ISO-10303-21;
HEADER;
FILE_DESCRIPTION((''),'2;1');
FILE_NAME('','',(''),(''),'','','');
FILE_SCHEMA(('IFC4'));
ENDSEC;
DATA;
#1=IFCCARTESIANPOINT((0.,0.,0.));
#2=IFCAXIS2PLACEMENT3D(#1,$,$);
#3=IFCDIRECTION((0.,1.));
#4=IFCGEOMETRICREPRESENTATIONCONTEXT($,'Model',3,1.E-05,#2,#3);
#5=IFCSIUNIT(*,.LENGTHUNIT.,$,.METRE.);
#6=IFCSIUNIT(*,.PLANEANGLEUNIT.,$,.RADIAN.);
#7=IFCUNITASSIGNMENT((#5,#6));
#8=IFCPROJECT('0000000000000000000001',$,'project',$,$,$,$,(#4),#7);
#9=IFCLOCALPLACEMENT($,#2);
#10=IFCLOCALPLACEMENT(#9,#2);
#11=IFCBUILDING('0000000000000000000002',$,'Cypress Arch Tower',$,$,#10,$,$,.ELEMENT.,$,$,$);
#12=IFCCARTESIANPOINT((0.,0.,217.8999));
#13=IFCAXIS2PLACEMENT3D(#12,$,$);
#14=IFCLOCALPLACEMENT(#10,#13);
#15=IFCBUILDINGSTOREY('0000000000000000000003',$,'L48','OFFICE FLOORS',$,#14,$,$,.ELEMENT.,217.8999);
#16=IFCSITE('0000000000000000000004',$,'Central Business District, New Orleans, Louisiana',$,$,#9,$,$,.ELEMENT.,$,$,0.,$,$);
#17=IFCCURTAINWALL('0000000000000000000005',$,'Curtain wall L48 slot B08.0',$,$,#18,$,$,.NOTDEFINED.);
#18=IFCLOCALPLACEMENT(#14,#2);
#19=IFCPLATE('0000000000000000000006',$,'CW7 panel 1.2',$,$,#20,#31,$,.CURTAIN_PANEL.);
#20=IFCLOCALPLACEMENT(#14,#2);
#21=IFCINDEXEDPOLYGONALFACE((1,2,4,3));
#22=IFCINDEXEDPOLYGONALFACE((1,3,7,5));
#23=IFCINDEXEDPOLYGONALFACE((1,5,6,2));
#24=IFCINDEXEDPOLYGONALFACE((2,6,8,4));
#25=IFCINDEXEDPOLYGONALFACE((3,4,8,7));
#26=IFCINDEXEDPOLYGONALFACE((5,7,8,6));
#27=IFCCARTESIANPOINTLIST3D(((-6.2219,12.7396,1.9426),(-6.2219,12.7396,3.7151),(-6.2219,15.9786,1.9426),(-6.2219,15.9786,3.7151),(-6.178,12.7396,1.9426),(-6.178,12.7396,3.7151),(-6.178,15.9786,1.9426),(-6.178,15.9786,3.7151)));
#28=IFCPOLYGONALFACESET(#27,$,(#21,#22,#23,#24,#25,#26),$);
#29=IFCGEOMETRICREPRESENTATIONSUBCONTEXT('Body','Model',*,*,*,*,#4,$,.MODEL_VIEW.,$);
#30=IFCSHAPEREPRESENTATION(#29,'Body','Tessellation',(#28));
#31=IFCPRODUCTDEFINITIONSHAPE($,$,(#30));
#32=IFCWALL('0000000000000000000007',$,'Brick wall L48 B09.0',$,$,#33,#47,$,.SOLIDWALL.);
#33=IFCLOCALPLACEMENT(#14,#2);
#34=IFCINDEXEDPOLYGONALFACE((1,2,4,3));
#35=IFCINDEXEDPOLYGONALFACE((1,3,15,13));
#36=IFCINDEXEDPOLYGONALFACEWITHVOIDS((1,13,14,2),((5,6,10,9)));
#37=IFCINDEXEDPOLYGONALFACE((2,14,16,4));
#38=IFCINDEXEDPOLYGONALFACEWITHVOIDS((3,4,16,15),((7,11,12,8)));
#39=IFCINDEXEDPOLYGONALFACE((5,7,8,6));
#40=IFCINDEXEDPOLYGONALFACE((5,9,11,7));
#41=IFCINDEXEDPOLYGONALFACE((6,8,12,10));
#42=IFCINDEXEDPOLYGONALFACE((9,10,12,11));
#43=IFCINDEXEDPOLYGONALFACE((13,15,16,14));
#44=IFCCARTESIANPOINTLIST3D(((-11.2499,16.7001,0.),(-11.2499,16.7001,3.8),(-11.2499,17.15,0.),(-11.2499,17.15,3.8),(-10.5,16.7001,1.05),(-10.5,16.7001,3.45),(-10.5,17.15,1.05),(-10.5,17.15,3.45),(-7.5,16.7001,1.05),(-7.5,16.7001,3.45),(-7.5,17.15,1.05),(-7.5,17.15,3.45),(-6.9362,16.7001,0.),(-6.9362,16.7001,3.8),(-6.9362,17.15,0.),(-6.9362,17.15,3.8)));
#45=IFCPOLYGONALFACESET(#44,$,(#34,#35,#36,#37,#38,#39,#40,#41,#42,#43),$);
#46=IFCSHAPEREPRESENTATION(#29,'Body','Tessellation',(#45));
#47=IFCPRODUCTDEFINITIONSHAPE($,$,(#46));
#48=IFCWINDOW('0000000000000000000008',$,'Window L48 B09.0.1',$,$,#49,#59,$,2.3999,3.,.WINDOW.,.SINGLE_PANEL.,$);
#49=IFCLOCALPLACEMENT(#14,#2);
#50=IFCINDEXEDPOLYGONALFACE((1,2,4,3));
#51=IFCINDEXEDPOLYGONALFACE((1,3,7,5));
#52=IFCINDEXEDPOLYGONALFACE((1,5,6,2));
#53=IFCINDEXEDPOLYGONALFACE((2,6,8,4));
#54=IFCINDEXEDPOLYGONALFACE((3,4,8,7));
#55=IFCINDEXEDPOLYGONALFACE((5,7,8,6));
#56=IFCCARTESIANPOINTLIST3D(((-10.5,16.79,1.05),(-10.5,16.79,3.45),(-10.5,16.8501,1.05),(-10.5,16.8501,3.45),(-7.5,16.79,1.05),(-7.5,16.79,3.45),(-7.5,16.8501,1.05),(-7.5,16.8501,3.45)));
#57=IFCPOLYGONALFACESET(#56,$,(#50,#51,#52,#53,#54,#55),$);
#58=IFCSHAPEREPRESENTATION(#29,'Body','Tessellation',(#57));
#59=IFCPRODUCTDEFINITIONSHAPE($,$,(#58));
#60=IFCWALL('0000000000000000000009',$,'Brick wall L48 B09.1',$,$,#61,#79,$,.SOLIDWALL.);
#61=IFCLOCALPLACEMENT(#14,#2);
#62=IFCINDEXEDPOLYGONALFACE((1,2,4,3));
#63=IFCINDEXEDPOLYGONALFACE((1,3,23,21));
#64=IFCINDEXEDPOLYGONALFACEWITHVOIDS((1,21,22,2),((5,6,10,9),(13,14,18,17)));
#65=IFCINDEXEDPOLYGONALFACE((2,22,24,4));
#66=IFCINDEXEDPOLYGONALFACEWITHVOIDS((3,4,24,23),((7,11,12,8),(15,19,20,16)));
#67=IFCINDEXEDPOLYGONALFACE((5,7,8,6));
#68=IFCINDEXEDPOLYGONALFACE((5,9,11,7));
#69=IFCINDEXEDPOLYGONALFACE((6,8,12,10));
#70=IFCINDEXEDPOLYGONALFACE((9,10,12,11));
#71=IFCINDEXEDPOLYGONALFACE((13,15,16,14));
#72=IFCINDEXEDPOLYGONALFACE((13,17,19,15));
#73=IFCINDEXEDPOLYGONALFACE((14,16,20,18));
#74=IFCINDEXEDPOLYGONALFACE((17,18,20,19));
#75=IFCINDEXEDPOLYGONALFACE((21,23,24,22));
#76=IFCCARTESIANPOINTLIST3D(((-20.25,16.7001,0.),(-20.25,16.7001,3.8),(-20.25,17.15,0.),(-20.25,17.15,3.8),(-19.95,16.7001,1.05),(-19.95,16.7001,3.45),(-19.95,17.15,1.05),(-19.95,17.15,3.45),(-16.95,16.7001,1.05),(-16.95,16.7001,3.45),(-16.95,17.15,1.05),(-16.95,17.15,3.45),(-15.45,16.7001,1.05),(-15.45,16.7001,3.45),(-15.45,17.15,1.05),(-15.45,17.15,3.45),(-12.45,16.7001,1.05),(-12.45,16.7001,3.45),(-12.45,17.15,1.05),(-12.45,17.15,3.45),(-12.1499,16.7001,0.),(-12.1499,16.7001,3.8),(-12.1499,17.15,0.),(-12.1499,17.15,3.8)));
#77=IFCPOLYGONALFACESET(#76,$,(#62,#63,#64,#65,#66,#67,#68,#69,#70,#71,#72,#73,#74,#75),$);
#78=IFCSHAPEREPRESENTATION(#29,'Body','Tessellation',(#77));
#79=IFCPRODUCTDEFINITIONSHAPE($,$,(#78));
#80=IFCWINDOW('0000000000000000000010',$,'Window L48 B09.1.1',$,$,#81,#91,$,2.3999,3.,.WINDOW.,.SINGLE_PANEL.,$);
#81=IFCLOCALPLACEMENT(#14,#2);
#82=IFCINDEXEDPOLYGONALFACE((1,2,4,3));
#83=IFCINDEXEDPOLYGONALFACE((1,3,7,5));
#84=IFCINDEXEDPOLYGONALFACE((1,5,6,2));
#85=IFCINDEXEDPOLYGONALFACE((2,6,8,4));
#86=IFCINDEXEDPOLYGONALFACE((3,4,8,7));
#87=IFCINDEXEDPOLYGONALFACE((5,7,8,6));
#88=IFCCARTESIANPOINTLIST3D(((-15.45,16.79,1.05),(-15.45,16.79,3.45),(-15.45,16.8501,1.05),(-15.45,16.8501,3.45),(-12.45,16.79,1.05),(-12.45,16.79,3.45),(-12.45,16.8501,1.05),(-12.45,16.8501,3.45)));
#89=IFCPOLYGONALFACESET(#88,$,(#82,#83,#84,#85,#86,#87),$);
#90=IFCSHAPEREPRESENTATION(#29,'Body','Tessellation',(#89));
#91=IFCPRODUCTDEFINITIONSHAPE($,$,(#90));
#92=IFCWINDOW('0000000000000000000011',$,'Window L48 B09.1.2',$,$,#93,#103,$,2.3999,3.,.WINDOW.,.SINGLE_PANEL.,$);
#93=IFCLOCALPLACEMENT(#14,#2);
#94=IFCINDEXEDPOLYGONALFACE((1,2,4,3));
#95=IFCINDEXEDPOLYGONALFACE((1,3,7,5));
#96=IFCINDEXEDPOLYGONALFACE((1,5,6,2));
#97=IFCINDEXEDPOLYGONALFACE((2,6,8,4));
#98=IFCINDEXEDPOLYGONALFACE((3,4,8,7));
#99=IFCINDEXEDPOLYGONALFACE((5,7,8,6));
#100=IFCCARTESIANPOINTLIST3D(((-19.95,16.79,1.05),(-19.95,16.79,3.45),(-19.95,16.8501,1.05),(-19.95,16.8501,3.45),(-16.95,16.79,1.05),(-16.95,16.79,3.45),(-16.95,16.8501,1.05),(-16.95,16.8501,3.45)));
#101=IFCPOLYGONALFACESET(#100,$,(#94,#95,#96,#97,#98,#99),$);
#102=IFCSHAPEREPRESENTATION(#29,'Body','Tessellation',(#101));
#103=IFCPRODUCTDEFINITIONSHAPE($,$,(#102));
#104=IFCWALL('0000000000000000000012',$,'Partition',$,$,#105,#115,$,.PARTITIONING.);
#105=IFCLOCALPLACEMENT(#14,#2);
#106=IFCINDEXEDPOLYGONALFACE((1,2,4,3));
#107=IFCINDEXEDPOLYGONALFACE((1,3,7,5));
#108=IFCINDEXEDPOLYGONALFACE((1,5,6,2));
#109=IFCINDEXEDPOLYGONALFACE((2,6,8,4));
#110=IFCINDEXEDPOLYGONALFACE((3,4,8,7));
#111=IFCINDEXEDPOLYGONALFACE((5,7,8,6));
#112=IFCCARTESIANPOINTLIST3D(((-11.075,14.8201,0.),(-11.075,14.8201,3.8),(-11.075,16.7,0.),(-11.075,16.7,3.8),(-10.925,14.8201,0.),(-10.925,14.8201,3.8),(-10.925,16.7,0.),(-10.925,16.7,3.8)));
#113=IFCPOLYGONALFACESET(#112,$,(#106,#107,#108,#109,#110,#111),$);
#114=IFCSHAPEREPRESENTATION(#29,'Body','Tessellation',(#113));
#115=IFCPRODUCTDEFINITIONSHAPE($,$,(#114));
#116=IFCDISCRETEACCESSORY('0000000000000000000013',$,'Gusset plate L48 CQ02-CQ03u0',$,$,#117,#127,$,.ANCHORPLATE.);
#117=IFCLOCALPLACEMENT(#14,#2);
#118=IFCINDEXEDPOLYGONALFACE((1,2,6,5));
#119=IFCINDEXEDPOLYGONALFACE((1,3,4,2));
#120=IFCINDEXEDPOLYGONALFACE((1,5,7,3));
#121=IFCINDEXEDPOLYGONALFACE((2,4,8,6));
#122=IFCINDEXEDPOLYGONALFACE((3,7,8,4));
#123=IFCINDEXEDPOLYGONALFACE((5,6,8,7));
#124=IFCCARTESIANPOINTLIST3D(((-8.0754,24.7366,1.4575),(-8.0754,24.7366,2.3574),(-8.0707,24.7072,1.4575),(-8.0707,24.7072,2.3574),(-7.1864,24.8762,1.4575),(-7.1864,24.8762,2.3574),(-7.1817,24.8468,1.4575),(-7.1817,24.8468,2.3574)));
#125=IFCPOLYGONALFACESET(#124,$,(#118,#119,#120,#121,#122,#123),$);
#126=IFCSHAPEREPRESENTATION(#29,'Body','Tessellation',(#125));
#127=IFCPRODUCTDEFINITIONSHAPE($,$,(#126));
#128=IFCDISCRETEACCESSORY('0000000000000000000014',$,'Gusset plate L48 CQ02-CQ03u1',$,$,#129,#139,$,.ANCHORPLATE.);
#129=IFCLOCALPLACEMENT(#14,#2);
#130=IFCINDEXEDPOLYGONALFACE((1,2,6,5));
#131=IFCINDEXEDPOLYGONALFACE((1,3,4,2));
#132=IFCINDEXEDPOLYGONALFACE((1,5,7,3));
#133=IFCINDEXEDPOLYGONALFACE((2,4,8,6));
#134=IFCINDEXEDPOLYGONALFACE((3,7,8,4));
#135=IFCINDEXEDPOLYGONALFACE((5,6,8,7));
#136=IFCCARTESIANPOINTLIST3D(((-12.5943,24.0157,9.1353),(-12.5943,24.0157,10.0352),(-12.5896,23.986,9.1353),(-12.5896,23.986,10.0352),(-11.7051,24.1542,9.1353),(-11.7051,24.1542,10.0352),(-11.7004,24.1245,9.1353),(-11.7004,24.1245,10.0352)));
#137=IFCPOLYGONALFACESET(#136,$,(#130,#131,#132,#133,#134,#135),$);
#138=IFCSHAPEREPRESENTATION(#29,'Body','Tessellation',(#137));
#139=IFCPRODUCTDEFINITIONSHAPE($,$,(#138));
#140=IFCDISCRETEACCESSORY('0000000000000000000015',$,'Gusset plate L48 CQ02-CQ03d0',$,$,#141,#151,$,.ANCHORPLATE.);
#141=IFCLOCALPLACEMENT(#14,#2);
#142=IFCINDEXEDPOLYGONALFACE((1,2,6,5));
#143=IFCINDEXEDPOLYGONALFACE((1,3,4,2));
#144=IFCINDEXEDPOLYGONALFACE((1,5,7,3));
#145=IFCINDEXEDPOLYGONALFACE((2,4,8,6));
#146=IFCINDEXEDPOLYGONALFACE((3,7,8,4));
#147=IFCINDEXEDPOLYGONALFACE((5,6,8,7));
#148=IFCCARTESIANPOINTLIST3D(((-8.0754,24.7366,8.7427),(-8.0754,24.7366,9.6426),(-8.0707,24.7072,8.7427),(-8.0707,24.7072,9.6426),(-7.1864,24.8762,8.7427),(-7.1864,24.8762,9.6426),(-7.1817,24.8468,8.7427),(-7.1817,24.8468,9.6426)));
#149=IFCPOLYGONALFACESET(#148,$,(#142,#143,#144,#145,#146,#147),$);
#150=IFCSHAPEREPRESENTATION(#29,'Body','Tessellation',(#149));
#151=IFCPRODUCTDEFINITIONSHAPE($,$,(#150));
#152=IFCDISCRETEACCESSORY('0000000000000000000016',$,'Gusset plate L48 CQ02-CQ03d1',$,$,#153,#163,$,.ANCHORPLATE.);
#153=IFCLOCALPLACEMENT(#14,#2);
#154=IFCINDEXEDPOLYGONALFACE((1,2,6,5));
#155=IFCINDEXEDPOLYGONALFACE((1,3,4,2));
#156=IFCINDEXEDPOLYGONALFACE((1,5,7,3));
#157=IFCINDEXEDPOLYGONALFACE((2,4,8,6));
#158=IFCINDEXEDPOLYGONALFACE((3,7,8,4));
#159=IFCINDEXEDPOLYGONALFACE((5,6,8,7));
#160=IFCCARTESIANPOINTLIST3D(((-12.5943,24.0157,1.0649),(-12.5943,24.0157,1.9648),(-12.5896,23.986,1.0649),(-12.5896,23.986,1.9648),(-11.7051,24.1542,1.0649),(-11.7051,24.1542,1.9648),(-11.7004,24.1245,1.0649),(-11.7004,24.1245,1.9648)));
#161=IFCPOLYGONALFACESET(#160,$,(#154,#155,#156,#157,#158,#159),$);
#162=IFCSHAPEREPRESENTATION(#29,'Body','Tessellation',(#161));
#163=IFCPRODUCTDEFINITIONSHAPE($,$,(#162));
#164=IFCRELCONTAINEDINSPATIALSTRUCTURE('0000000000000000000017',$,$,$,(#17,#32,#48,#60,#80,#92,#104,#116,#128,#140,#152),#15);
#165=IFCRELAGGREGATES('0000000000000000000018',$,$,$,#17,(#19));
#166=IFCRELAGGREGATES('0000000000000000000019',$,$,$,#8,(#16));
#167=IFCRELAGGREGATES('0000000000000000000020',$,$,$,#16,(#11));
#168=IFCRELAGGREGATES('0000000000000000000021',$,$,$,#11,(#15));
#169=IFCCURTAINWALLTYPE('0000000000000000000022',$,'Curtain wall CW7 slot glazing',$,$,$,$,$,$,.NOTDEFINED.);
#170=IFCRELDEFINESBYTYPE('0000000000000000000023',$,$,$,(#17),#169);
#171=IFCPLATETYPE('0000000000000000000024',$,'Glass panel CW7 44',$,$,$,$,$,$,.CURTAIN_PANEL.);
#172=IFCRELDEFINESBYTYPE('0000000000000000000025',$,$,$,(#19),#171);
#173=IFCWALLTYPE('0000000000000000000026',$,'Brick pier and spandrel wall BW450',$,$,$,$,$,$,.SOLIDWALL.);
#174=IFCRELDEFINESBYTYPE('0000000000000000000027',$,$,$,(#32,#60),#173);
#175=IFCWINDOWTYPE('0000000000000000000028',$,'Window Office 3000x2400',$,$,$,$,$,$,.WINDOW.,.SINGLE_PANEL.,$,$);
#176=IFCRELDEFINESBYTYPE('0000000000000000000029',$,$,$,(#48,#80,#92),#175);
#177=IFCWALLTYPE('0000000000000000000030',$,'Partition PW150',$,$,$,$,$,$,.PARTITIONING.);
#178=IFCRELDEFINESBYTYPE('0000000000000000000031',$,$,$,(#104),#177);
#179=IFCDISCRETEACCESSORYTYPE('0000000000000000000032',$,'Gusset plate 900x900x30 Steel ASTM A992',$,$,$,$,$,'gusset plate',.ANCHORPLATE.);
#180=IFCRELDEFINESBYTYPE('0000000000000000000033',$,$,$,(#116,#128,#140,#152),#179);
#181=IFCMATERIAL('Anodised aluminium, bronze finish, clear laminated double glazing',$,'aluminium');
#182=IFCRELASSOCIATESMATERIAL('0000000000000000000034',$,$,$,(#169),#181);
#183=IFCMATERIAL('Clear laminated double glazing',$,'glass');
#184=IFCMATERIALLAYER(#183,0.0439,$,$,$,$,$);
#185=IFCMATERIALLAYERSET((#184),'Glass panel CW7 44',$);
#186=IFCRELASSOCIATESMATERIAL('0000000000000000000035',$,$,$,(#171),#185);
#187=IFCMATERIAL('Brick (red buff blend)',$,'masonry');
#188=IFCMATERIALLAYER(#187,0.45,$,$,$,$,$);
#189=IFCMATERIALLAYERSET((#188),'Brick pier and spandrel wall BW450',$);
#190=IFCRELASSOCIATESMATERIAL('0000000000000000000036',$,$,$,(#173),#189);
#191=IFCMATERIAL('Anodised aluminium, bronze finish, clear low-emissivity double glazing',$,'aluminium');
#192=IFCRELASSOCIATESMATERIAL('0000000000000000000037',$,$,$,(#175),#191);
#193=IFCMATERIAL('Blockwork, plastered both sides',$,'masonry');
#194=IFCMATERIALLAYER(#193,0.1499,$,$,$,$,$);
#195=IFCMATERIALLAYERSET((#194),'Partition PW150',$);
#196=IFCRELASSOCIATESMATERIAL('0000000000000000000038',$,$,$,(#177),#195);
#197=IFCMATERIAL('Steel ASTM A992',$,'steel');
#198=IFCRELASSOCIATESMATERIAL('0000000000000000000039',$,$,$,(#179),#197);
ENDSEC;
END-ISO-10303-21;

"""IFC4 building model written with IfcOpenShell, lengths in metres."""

from ifc_helpers import new_model, si_unit, direction, frame, frame_2d, origin, origin_2d, place, context, subcontext, project, spatial, rectangle, extrude, material, layer, layer_set, material_profile, profile_set, type_object, element, fill, aggregate, save


model = new_model("IFC4")

# Units and contexts
model_context = context("Model", 3, precision=1e-05, world=origin(), true_north=direction((0.0, 1.0)))
body_context = subcontext(model_context, "Body", "Model", "MODEL_VIEW")
ifc_project = project(units=[si_unit("LENGTHUNIT", "METRE"), si_unit("PLANEANGLEUNIT", "RADIAN")], contexts=[model_context])

# Site, building, storey
site_placement = place(None, origin())
site = spatial("IfcSite", under=ifc_project, at=site_placement, Name="Central Business District, New Orleans, Louisiana", CompositionType="ELEMENT", RefElevation=0.0)
building_placement = place(site_placement, origin())
building = spatial("IfcBuilding", under=site, at=building_placement, Name="Cypress Arch Tower", CompositionType="ELEMENT")
storey_placement = place(building_placement, frame((0.0, 0.0, 217.8999)))
storey = spatial("IfcBuildingStorey", under=building, at=storey_placement, Name="L48", Description="OFFICE FLOORS", CompositionType="ELEMENT", Elevation=217.8999)

# Curtain wall
ifc_material_1 = material(Name="Anodised aluminium, bronze finish, clear laminated double glazing", Category="aluminium")
curtain_wall_type = type_object("IfcCurtainWallType", Name="Curtain wall CW7 slot glazing", PredefinedType="NOTDEFINED", material=ifc_material_1)
curtain_wall_placement = place(storey_placement, origin())
curtain_wall = element("IfcCurtainWall", 1, at=curtain_wall_placement, inside=storey, type_object=curtain_wall_type, Name="Curtain wall L48 slot B08.0", PredefinedType="NOTDEFINED")

# Plate
ifc_material_2 = material(Name="Clear laminated double glazing", Category="glass")
ifc_layer_1 = layer(ifc_material_2, 0.0439)
ifc_layer_set_1 = layer_set([ifc_layer_1], Name="Glass panel CW7 44")
plate_type = type_object("IfcPlateType", Name="Glass panel CW7 44", PredefinedType="CURTAIN_PANEL", material=ifc_layer_set_1)
plate_1_placement = place(storey_placement, frame((-6.2, 14.3591, 1.9426), z_axis=(0.0, 0.0, 1.0), x_axis=(0.0, 1.0, 0.0)))
plate_1 = element("IfcPlate", 2, at=plate_1_placement, type_object=plate_type, Name="CW7 panel 1.2", PredefinedType="CURTAIN_PANEL", context=body_context, shape_type="SweptSolid", body=[
    extrude(rectangle(XDim=3.239, YDim=0.0439, at=origin_2d()), origin(), (0.0, 0.0, 1.0), 1.7725),
])
aggregate(curtain_wall, [plate_1])

# Wall, opening, window
ifc_material_3 = material(Name="Brick (red buff blend)", Category="masonry")
ifc_layer_2 = layer(ifc_material_3, 0.45)
ifc_layer_set_2 = layer_set([ifc_layer_2], Name="Brick pier and spandrel wall BW450")
wall_type_1 = type_object("IfcWallType", Name="Brick pier and spandrel wall BW450", PredefinedType="SOLIDWALL", material=ifc_layer_set_2)
wall_1_placement = place(storey_placement, frame((-6.9363, 16.925, 0.0), z_axis=(0.0, 0.0, 1.0), x_axis=(-1.0, 0.0, 0.0)))
wall_1 = element("IfcWall", 3, at=wall_1_placement, inside=storey, type_object=wall_type_1, Name="Brick wall L48 B09.0", PredefinedType="SOLIDWALL", context=body_context, shape_type="SweptSolid", body=[
    extrude(rectangle(XDim=4.3137, YDim=0.45, at=frame_2d((2.1567, 0.0))), origin(), (0.0, 0.0, 1.0), 3.8),
])
opening_1_placement = place(wall_1_placement, frame((0.5637, 0.0, 1.05)))
opening_1 = element("IfcOpeningElement", 4, at=opening_1_placement, cuts=wall_1, PredefinedType="OPENING", context=body_context, shape_type="SweptSolid", body=[
    extrude(rectangle(XDim=3.0, YDim=2.3999, at=frame_2d((1.5, 1.2))), frame((0.0, 0.2349, 0.0), z_axis=(0.0, -1.0, 0.0), x_axis=(1.0, 0.0, 0.0)), (0.0, 0.0, 1.0), 0.47),
])
ifc_material_4 = material(Name="Anodised aluminium, bronze finish, clear low-emissivity double glazing", Category="aluminium")
window_type = type_object("IfcWindowType", Name="Window Office 3000x2400", PartitioningType="SINGLE_PANEL", PredefinedType="WINDOW", material=ifc_material_4)
window_1_placement = place(opening_1_placement, origin())
window_1 = element("IfcWindow", 5, at=window_1_placement, inside=storey, type_object=window_type, Name="Window L48 B09.0.1", OverallHeight=2.3999, OverallWidth=3.0, PartitioningType="SINGLE_PANEL", PredefinedType="WINDOW", context=body_context, shape_type="SweptSolid", body=[
    extrude(rectangle(XDim=3.0, YDim=2.3999, at=frame_2d((1.5, 1.2))), frame((0.0, 0.135, 0.0), z_axis=(0.0, -1.0, 0.0), x_axis=(1.0, 0.0, 0.0)), (0.0, 0.0, 1.0), 0.0601),
])
fill(opening_1, window_1)

# Wall, openings, windows
wall_2_placement = place(storey_placement, frame((-12.1499, 16.925, 0.0), z_axis=(0.0, 0.0, 1.0), x_axis=(-1.0, 0.0, 0.0)))
wall_2 = element("IfcWall", 6, at=wall_2_placement, inside=storey, type_object=wall_type_1, Name="Brick wall L48 B09.1", PredefinedType="SOLIDWALL", context=body_context, shape_type="SweptSolid", body=[
    extrude(rectangle(XDim=8.1001, YDim=0.45, at=frame_2d((4.05, 0.0))), origin(), (0.0, 0.0, 1.0), 3.8),
])
opening_2_placement = place(wall_2_placement, frame((0.3, 0.0, 1.05)))
opening_2 = element("IfcOpeningElement", 7, at=opening_2_placement, cuts=wall_2, PredefinedType="OPENING", context=body_context, shape_type="SweptSolid", body=[
    extrude(rectangle(XDim=3.0, YDim=2.3999, at=frame_2d((1.5, 1.2))), frame((0.0, 0.2349, 0.0), z_axis=(0.0, -1.0, 0.0), x_axis=(1.0, 0.0, 0.0)), (0.0, 0.0, 1.0), 0.47),
])
opening_3_placement = place(wall_2_placement, frame((4.8, 0.0, 1.05)))
opening_3 = element("IfcOpeningElement", 8, at=opening_3_placement, cuts=wall_2, PredefinedType="OPENING", context=body_context, shape_type="SweptSolid", body=[
    extrude(rectangle(XDim=3.0, YDim=2.3999, at=frame_2d((1.5, 1.2))), frame((0.0, 0.2349, 0.0), z_axis=(0.0, -1.0, 0.0), x_axis=(1.0, 0.0, 0.0)), (0.0, 0.0, 1.0), 0.47),
])
window_2_placement = place(opening_2_placement, origin())
window_2 = element("IfcWindow", 9, at=window_2_placement, inside=storey, type_object=window_type, Name="Window L48 B09.1.1", OverallHeight=2.3999, OverallWidth=3.0, PartitioningType="SINGLE_PANEL", PredefinedType="WINDOW", context=body_context, shape_type="SweptSolid", body=[
    extrude(rectangle(XDim=3.0, YDim=2.3999, at=frame_2d((1.5, 1.2))), frame((0.0, 0.135, 0.0), z_axis=(0.0, -1.0, 0.0), x_axis=(1.0, 0.0, 0.0)), (0.0, 0.0, 1.0), 0.0601),
])
fill(opening_2, window_2)
window_3_placement = place(opening_3_placement, origin())
window_3 = element("IfcWindow", 10, at=window_3_placement, inside=storey, type_object=window_type, Name="Window L48 B09.1.2", OverallHeight=2.3999, OverallWidth=3.0, PartitioningType="SINGLE_PANEL", PredefinedType="WINDOW", context=body_context, shape_type="SweptSolid", body=[
    extrude(rectangle(XDim=3.0, YDim=2.3999, at=frame_2d((1.5, 1.2))), frame((0.0, 0.135, 0.0), z_axis=(0.0, -1.0, 0.0), x_axis=(1.0, 0.0, 0.0)), (0.0, 0.0, 1.0), 0.0601),
])
fill(opening_3, window_3)

# Wall
ifc_material_5 = material(Name="Blockwork, plastered both sides", Category="masonry")
ifc_layer_3 = layer(ifc_material_5, 0.1499)
ifc_layer_set_3 = layer_set([ifc_layer_3], Name="Partition PW150")
wall_type_2 = type_object("IfcWallType", Name="Partition PW150", PredefinedType="PARTITIONING", material=ifc_layer_set_3)
wall_3_placement = place(storey_placement, frame((-11.0, 14.8201, 0.0), z_axis=(0.0, 0.0, 1.0), x_axis=(0.0, 1.0, 0.0)))
element("IfcWall", 11, at=wall_3_placement, inside=storey, type_object=wall_type_2, Name="Partition", PredefinedType="PARTITIONING", context=body_context, shape_type="SweptSolid", body=[
    extrude(rectangle(XDim=1.8799, YDim=0.1499, at=frame_2d((0.9399, 0.0))), origin(), (0.0, 0.0, 1.0), 3.8),
])

# Discrete accessories
ifc_material_6 = material(Name="Steel ASTM A992", Category="steel")
ifc_material_profile_1 = material_profile(ifc_material_6, rectangle(XDim=0.8999, YDim=0.8999, at=origin_2d()), Name="PL 30 900x900")
ifc_profile_set_1 = profile_set([ifc_material_profile_1], Name="Steel ASTM A992")
discrete_accessory_type_1 = type_object("IfcDiscreteAccessoryType", Name="Gusset plate 900x900x30 Steel ASTM A992", ElementType="gusset plate", PredefinedType="ANCHORPLATE", material=ifc_profile_set_1)
discrete_accessory_1_placement = place(storey_placement, frame((-7.6309, 24.8064, 1.9075), z_axis=(0.155124, -0.987895, 0.0), x_axis=(0.987895, 0.155124, 0.0)))
element("IfcDiscreteAccessory", 12, at=discrete_accessory_1_placement, inside=storey, type_object=discrete_accessory_type_1, Name="Gusset plate L48 CQ02-CQ03u0", PredefinedType="ANCHORPLATE", context=body_context, shape_type="SweptSolid", body=[
    extrude(rectangle(XDim=0.8999, YDim=0.8999, at=origin_2d()), origin(), (0.0, 0.0, 1.0), 0.0298),
])
discrete_accessory_2_placement = place(storey_placement, frame((-12.1497, 24.085, 9.5852), z_axis=(0.153883, -0.988089, 0.0), x_axis=(0.988089, 0.153883, 0.0)))
element("IfcDiscreteAccessory", 13, at=discrete_accessory_2_placement, inside=storey, type_object=discrete_accessory_type_1, Name="Gusset plate L48 CQ02-CQ03u1", PredefinedType="ANCHORPLATE", context=body_context, shape_type="SweptSolid", body=[
    extrude(rectangle(XDim=0.8999, YDim=0.8999, at=origin_2d()), origin(), (0.0, 0.0, 1.0), 0.03),
])
discrete_accessory_3_placement = place(storey_placement, frame((-7.6309, 24.8064, 9.1926), z_axis=(0.155124, -0.987895, 0.0), x_axis=(0.987895, 0.155124, 0.0)))
element("IfcDiscreteAccessory", 14, at=discrete_accessory_3_placement, inside=storey, type_object=discrete_accessory_type_1, Name="Gusset plate L48 CQ02-CQ03d0", PredefinedType="ANCHORPLATE", context=body_context, shape_type="SweptSolid", body=[
    extrude(rectangle(XDim=0.8999, YDim=0.8999, at=origin_2d()), origin(), (0.0, 0.0, 1.0), 0.0298),
])
discrete_accessory_4_placement = place(storey_placement, frame((-12.1497, 24.085, 1.5149), z_axis=(0.153883, -0.988089, 0.0), x_axis=(0.988089, 0.153883, 0.0)))
element("IfcDiscreteAccessory", 15, at=discrete_accessory_4_placement, inside=storey, type_object=discrete_accessory_type_1, Name="Gusset plate L48 CQ02-CQ03d1", PredefinedType="ANCHORPLATE", context=body_context, shape_type="SweptSolid", body=[
    extrude(rectangle(XDim=0.8999, YDim=0.8999, at=origin_2d()), origin(), (0.0, 0.0, 1.0), 0.03),
])

save(model, "model.ifc")
